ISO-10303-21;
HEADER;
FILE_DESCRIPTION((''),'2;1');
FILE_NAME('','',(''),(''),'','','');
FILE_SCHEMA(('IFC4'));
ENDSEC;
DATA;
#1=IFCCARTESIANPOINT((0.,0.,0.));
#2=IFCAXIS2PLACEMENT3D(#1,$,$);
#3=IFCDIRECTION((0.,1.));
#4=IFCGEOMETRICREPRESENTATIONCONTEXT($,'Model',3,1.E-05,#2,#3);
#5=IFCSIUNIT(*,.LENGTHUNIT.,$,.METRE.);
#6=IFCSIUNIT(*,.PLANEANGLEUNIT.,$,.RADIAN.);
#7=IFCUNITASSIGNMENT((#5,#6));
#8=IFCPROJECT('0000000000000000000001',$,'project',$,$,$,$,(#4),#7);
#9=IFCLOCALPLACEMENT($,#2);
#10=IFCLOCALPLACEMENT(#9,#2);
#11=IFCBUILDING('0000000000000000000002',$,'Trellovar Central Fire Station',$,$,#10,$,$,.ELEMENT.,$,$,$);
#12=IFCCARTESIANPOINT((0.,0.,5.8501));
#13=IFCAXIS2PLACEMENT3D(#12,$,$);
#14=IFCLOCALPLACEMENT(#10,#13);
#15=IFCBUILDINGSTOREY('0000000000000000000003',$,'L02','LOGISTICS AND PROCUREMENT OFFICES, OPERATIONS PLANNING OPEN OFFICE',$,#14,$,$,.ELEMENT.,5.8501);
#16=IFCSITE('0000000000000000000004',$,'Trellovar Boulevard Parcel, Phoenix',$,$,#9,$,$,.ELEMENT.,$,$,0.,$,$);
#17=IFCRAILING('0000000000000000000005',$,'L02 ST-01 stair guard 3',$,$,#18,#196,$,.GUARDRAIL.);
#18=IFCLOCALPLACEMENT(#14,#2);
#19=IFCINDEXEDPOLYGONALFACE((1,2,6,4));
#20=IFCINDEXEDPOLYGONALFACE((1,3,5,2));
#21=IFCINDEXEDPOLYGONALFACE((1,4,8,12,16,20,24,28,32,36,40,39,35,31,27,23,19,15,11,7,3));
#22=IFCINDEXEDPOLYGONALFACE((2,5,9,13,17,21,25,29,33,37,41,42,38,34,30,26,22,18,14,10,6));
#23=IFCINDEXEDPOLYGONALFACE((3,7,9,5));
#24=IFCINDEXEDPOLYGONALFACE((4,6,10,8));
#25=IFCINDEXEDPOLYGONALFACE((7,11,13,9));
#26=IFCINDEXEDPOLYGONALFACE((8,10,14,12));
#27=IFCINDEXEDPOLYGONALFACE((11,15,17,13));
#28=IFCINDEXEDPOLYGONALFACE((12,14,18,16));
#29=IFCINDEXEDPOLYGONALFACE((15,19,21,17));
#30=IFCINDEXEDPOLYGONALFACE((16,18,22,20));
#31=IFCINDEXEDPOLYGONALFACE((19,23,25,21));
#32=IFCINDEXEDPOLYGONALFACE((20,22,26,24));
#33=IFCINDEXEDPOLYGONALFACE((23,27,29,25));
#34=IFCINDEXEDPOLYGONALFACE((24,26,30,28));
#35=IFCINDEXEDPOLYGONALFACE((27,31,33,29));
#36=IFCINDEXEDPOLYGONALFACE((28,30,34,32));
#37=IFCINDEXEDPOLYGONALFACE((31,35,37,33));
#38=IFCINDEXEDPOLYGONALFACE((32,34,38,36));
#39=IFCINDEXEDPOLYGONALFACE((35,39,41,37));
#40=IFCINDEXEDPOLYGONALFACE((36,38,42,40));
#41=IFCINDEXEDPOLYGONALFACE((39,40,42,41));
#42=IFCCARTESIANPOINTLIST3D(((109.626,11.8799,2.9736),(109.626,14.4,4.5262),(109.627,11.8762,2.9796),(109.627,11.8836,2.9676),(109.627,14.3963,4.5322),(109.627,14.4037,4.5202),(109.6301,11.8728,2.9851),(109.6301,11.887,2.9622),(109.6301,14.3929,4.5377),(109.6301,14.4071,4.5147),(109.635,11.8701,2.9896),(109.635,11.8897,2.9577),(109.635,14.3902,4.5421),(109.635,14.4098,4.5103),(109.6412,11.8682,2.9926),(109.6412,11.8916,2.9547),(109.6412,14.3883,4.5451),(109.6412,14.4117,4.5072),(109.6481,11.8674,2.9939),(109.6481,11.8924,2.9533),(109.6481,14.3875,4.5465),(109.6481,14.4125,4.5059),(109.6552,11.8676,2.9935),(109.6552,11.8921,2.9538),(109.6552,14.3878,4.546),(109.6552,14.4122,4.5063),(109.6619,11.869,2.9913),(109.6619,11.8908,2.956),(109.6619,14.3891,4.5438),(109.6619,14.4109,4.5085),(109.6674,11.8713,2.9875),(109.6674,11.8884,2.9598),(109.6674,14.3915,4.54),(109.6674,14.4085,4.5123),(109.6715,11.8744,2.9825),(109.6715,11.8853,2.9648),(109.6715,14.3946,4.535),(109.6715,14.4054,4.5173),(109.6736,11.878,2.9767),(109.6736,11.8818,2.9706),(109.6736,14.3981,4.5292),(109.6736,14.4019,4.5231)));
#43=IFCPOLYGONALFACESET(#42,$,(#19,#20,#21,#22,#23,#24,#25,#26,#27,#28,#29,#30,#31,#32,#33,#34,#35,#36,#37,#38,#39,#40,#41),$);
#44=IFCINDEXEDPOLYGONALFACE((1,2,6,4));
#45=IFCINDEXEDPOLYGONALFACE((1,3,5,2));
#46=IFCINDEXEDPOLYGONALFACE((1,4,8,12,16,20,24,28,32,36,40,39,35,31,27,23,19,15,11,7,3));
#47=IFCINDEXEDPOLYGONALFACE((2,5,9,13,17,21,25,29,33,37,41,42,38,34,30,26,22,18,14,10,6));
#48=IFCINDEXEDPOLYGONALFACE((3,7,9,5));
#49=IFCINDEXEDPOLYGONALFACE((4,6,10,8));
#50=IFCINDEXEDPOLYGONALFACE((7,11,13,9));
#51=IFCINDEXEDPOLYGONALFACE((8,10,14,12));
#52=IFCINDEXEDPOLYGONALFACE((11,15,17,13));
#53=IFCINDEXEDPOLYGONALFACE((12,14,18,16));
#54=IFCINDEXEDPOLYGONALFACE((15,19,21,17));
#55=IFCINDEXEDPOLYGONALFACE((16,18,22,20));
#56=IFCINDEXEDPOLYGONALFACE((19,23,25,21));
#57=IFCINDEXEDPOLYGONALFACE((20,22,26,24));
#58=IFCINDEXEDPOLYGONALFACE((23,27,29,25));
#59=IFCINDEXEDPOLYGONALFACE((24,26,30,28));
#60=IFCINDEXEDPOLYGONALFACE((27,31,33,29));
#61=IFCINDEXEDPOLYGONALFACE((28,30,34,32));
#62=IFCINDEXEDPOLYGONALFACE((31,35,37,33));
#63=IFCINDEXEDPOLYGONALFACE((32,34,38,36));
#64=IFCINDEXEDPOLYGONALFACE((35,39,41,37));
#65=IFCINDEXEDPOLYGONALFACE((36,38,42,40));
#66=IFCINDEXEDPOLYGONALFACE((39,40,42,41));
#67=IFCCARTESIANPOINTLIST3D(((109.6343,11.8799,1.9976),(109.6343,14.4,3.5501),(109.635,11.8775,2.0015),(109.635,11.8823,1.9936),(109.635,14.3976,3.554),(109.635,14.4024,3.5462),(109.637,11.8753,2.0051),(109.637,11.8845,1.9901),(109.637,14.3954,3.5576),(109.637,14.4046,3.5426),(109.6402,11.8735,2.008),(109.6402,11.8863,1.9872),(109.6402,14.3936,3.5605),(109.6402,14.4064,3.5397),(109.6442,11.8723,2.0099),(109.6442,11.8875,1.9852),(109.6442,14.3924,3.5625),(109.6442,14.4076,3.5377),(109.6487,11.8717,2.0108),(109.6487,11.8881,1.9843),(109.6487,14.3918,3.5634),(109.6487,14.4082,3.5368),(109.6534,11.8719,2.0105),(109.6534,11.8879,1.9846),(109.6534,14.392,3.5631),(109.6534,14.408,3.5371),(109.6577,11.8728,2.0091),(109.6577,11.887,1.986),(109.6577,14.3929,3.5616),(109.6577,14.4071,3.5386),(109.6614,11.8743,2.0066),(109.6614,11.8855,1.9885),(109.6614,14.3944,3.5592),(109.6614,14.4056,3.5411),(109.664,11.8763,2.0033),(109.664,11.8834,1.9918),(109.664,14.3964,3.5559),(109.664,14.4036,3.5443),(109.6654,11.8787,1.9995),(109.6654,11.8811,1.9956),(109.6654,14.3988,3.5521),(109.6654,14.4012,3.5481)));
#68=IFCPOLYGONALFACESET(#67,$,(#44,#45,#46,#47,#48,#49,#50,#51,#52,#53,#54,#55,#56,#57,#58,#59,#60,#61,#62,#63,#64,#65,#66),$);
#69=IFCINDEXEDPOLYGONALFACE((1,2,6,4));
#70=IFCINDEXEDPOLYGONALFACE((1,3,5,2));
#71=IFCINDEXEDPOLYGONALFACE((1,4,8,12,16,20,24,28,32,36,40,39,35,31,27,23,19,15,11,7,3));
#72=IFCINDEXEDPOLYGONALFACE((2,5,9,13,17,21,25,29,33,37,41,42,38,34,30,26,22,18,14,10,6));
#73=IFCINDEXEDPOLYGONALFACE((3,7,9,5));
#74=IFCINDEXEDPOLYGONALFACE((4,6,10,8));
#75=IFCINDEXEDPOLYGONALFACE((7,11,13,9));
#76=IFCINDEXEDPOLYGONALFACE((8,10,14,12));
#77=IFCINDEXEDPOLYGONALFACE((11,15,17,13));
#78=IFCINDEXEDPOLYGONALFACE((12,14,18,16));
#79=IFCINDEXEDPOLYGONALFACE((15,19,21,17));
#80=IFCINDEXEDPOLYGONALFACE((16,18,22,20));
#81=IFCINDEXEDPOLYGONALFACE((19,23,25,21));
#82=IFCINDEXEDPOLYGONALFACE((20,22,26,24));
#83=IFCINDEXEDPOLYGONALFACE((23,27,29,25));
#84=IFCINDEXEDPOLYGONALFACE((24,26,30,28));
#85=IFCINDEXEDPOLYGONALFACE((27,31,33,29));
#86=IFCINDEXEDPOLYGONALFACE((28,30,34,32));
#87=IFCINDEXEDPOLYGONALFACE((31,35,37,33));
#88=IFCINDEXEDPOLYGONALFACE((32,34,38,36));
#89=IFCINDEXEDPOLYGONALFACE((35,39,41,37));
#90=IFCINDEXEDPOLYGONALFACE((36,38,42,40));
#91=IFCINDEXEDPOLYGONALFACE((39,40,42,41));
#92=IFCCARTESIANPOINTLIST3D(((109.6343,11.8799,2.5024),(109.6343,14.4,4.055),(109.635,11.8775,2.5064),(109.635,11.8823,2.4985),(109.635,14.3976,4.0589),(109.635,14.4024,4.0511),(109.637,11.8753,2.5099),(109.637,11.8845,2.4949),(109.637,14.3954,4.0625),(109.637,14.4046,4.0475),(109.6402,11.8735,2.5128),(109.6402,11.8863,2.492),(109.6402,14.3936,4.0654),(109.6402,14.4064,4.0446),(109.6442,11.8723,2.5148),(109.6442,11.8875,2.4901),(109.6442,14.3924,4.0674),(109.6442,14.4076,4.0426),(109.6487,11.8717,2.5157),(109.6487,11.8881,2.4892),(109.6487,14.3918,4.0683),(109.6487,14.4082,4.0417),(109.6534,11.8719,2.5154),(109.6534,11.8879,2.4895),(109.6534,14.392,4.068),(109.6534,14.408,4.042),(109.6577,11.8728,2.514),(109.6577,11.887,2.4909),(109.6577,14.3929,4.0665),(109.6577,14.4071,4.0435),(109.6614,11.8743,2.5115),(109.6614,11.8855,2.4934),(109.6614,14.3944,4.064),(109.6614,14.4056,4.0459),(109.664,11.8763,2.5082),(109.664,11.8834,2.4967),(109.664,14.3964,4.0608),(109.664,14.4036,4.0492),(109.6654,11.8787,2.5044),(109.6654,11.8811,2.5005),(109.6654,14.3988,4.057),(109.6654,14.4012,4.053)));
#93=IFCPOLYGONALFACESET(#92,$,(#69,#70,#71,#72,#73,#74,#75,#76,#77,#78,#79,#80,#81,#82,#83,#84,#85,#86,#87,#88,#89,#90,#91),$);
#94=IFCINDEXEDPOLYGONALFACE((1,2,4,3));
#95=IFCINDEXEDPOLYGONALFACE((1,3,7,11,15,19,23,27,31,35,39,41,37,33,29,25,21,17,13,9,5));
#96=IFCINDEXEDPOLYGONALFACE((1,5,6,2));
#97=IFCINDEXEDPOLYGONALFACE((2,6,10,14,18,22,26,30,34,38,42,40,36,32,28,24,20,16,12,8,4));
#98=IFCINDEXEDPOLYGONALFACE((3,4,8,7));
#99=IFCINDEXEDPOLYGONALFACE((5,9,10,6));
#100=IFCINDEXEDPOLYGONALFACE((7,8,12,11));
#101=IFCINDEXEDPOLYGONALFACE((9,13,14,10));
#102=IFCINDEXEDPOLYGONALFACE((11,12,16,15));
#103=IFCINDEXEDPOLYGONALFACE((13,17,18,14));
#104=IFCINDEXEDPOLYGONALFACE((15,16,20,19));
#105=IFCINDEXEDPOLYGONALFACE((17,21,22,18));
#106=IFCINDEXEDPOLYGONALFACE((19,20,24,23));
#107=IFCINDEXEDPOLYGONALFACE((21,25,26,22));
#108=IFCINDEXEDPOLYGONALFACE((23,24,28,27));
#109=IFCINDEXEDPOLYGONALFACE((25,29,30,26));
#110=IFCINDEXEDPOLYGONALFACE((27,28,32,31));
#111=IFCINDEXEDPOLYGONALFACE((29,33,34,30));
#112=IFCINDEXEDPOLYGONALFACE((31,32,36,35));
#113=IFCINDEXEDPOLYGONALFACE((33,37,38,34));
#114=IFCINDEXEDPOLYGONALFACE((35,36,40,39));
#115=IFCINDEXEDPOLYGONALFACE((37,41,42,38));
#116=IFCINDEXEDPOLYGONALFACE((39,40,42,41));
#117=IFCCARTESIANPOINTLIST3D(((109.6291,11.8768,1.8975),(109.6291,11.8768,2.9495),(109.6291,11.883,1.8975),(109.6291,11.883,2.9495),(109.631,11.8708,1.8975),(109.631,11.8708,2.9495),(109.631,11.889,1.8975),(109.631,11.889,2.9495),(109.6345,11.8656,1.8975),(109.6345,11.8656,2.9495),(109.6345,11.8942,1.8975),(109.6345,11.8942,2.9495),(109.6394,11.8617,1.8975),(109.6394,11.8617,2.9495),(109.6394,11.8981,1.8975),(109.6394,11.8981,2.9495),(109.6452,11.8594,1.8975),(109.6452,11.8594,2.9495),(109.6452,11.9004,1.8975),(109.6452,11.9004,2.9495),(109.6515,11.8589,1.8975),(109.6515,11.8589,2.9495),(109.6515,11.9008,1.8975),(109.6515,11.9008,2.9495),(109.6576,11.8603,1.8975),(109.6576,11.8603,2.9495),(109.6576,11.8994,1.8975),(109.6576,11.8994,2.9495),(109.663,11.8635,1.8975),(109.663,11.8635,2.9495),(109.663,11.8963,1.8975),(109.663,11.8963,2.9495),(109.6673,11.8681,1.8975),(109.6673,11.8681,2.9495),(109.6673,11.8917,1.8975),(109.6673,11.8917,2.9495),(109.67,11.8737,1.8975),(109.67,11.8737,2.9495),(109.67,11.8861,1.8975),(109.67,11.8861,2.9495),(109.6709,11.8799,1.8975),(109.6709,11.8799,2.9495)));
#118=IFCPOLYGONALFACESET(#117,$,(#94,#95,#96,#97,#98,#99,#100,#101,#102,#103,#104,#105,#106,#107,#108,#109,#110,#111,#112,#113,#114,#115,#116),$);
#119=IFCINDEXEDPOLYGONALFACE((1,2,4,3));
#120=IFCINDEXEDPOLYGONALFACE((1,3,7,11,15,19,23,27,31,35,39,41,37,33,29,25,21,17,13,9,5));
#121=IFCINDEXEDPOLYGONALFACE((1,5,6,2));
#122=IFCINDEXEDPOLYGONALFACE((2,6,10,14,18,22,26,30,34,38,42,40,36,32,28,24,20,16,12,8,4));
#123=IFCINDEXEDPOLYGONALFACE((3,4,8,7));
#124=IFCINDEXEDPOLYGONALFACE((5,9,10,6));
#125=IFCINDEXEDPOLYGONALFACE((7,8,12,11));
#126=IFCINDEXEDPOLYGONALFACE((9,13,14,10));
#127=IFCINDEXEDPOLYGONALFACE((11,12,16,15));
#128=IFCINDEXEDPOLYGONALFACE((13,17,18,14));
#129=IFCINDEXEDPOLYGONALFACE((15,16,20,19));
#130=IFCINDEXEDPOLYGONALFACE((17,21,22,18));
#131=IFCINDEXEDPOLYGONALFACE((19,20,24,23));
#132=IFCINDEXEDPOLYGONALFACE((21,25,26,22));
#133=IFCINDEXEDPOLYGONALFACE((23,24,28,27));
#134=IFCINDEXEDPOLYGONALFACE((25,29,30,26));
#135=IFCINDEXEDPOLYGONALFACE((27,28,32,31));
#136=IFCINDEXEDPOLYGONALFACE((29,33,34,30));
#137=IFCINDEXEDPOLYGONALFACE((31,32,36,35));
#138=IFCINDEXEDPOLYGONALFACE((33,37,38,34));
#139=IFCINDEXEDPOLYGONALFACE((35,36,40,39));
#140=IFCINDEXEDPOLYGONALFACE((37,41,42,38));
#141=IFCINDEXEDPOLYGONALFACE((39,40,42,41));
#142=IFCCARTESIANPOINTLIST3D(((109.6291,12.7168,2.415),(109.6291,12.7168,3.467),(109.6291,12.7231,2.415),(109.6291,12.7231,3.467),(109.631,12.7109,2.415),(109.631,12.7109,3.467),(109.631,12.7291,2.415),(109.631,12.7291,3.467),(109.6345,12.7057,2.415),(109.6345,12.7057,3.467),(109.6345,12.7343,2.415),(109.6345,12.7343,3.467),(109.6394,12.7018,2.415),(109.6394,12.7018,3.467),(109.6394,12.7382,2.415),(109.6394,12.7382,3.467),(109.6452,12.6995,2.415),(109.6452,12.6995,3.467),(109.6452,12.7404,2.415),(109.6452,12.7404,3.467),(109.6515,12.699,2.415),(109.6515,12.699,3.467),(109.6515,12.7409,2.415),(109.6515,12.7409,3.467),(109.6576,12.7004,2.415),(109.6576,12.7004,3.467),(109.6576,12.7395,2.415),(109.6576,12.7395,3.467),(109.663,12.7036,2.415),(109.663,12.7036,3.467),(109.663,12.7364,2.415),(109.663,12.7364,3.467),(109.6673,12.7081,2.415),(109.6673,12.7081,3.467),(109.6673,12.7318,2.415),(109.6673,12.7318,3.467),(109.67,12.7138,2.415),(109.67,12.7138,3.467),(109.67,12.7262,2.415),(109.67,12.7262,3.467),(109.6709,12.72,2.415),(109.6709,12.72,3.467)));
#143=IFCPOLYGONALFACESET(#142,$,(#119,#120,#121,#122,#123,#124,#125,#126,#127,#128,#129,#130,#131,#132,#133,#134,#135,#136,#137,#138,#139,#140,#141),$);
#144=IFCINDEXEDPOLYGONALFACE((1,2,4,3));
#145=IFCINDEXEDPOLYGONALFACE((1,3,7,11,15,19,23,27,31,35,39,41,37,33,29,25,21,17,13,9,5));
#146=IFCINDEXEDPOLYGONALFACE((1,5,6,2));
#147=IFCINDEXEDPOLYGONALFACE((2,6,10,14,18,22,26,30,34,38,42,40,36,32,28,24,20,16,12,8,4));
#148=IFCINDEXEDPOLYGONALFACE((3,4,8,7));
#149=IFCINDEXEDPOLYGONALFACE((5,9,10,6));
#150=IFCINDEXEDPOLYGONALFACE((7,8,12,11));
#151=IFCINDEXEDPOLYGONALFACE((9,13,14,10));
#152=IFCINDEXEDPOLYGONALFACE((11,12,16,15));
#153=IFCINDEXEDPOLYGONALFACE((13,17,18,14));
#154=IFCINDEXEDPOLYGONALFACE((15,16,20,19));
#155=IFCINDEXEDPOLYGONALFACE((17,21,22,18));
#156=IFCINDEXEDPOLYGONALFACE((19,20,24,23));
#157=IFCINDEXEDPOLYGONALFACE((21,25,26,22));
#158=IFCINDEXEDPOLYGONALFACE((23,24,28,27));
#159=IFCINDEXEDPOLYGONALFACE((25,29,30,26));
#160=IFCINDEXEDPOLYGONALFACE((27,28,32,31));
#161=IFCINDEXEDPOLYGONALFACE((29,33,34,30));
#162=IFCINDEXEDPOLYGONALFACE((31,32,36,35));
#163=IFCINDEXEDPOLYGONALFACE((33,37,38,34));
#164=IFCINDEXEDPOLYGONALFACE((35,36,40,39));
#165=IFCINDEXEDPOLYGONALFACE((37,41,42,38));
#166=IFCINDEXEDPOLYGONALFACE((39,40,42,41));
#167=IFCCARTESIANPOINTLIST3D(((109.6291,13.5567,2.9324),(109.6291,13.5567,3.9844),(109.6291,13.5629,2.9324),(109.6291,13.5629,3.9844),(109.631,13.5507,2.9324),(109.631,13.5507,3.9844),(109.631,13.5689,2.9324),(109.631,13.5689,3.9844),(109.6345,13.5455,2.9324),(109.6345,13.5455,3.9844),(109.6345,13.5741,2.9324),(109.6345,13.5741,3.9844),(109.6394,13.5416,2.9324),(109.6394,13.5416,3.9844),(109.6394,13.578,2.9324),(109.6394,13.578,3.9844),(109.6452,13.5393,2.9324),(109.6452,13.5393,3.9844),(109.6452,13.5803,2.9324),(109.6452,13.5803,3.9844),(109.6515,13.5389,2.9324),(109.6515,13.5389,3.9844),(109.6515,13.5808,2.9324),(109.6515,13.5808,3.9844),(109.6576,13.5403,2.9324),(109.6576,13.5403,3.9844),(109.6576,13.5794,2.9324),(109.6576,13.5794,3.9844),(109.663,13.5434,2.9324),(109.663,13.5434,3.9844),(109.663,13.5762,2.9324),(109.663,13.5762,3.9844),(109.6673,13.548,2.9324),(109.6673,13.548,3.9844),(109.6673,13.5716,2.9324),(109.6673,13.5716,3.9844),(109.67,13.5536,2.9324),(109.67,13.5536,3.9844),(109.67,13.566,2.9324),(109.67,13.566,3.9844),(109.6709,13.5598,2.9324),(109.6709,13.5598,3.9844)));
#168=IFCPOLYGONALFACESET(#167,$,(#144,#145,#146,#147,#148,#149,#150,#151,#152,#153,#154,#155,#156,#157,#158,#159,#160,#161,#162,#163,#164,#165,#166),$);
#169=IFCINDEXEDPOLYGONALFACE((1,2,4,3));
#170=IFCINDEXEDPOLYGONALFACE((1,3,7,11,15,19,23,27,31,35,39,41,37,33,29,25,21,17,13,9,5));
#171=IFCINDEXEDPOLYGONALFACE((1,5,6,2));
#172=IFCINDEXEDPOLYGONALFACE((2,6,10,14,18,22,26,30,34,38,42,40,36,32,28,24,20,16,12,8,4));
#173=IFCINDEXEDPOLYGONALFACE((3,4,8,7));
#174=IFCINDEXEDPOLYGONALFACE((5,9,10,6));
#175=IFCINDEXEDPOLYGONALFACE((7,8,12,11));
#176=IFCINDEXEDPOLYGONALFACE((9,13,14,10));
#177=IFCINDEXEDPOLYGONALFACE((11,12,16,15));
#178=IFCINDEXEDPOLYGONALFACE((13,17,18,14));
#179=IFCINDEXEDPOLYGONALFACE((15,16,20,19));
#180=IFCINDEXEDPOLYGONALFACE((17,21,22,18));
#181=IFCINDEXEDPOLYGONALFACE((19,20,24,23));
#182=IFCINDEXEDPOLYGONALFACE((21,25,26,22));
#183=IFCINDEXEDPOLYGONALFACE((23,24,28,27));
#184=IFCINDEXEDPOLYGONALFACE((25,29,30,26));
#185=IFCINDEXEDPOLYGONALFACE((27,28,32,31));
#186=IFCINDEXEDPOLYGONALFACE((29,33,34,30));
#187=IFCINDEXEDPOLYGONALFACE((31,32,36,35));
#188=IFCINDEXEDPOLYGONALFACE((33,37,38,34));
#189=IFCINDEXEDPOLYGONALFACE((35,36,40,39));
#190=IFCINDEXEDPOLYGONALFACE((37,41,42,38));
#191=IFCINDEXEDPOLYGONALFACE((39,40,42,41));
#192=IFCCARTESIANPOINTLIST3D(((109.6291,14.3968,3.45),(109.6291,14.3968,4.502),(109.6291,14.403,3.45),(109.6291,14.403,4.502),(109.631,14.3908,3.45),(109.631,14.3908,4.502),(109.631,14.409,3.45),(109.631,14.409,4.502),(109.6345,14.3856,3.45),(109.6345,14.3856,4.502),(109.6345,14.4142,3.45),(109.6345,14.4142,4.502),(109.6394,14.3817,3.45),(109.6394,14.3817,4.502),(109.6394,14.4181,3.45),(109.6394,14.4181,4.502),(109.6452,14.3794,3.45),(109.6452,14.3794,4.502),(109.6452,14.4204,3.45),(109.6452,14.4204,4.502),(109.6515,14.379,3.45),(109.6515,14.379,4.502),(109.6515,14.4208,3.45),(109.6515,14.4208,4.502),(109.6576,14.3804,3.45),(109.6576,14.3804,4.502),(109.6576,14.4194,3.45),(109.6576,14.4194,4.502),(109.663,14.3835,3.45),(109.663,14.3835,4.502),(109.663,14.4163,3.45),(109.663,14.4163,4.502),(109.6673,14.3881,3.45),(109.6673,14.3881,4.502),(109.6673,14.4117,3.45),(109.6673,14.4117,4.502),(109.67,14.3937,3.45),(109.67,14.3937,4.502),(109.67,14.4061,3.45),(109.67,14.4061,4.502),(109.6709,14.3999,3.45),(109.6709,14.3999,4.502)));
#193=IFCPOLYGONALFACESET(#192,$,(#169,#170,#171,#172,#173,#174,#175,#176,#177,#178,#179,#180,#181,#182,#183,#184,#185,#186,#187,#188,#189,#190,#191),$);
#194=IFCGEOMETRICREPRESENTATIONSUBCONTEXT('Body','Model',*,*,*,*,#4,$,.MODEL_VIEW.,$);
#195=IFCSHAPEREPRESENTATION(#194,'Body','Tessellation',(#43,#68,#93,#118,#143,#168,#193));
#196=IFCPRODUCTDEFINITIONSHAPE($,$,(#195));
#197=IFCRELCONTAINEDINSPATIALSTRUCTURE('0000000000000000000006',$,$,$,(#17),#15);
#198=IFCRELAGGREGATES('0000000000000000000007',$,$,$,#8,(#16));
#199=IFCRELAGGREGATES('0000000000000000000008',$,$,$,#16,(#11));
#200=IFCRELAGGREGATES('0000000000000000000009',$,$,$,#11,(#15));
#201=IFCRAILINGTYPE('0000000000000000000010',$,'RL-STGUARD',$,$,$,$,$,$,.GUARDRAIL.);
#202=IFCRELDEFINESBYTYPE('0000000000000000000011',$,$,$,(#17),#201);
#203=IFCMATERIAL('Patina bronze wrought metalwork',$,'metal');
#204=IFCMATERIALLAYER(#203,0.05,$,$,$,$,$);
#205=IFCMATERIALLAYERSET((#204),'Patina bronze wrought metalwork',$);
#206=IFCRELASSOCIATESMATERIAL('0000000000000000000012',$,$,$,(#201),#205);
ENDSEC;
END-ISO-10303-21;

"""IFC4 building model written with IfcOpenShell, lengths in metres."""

from ifc_helpers import new_model, si_unit, direction, frame, origin, origin_2d, place, context, subcontext, project, spatial, circle, extrude, material, layer, layer_set, type_object, element, save


model = new_model("IFC4")

# Units and contexts
model_context = context("Model", 3, precision=1e-05, world=origin(), true_north=direction((0.0, 1.0)))
body_context = subcontext(model_context, "Body", "Model", "MODEL_VIEW")
ifc_project = project(units=[si_unit("LENGTHUNIT", "METRE"), si_unit("PLANEANGLEUNIT", "RADIAN")], contexts=[model_context])

# Site, building, storey
site_placement = place(None, origin())
site = spatial("IfcSite", under=ifc_project, at=site_placement, Name="Trellovar Boulevard Parcel, Phoenix", CompositionType="ELEMENT", RefElevation=0.0)
building_placement = place(site_placement, origin())
building = spatial("IfcBuilding", under=site, at=building_placement, Name="Trellovar Central Fire Station", CompositionType="ELEMENT")
storey_placement = place(building_placement, frame((0.0, 0.0, 5.8501)))
storey = spatial("IfcBuildingStorey", under=building, at=storey_placement, Name="L02", Description="LOGISTICS AND PROCUREMENT OFFICES, OPERATIONS PLANNING OPEN OFFICE", CompositionType="ELEMENT", Elevation=5.8501)

# Railing
ifc_material_1 = material(Name="Patina bronze wrought metalwork", Category="metal")
ifc_layer_1 = layer(ifc_material_1, 0.05)
ifc_layer_set_1 = layer_set([ifc_layer_1], Name="Patina bronze wrought metalwork")
railing_type_1 = type_object("IfcRailingType", Name="RL-STGUARD", PredefinedType="GUARDRAIL", material=ifc_layer_set_1)
railing_1_placement = place(storey_placement, frame((109.6499, 11.8799, 1.8975)))
element("IfcRailing", 1, at=railing_1_placement, inside=storey, type_object=railing_type_1, Name="L02 ST-01 stair guard 3", PredefinedType="GUARDRAIL", context=body_context, shape_type="SweptSolid", body=[
    extrude(circle(Radius=0.0239, at=origin_2d()), frame((0.0, 0.0, 1.0762), z_axis=(0.0, 0.8514, 0.524516), x_axis=(-1.0, 0.0, 0.0)), (0.0, 0.0, 1.0), 2.96),
    extrude(circle(Radius=0.0156, at=origin_2d()), frame((0.0, 0.0, 0.1001), z_axis=(0.0, 0.8514, 0.524516), x_axis=(-1.0, 0.0, 0.0)), (0.0, 0.0, 1.0), 2.96),
    extrude(circle(Radius=0.0156, at=origin_2d()), frame((0.0, 0.0, 0.605), z_axis=(0.0, 0.8514, 0.524516), x_axis=(-1.0, 0.0, 0.0)), (0.0, 0.0, 1.0), 2.96),
    extrude(circle(Radius=0.021, at=origin_2d()), origin(), (0.0, 0.0, 1.0), 1.052),
    extrude(circle(Radius=0.021, at=origin_2d()), frame((0.0, 0.8401, 0.5176)), (0.0, 0.0, 1.0), 1.052),
    extrude(circle(Radius=0.021, at=origin_2d()), frame((0.0, 1.6799, 1.0349)), (0.0, 0.0, 1.0), 1.052),
    extrude(circle(Radius=0.021, at=origin_2d()), frame((0.0, 2.52, 1.5525)), (0.0, 0.0, 1.0), 1.052),
])

save(model, "model.ifc")
